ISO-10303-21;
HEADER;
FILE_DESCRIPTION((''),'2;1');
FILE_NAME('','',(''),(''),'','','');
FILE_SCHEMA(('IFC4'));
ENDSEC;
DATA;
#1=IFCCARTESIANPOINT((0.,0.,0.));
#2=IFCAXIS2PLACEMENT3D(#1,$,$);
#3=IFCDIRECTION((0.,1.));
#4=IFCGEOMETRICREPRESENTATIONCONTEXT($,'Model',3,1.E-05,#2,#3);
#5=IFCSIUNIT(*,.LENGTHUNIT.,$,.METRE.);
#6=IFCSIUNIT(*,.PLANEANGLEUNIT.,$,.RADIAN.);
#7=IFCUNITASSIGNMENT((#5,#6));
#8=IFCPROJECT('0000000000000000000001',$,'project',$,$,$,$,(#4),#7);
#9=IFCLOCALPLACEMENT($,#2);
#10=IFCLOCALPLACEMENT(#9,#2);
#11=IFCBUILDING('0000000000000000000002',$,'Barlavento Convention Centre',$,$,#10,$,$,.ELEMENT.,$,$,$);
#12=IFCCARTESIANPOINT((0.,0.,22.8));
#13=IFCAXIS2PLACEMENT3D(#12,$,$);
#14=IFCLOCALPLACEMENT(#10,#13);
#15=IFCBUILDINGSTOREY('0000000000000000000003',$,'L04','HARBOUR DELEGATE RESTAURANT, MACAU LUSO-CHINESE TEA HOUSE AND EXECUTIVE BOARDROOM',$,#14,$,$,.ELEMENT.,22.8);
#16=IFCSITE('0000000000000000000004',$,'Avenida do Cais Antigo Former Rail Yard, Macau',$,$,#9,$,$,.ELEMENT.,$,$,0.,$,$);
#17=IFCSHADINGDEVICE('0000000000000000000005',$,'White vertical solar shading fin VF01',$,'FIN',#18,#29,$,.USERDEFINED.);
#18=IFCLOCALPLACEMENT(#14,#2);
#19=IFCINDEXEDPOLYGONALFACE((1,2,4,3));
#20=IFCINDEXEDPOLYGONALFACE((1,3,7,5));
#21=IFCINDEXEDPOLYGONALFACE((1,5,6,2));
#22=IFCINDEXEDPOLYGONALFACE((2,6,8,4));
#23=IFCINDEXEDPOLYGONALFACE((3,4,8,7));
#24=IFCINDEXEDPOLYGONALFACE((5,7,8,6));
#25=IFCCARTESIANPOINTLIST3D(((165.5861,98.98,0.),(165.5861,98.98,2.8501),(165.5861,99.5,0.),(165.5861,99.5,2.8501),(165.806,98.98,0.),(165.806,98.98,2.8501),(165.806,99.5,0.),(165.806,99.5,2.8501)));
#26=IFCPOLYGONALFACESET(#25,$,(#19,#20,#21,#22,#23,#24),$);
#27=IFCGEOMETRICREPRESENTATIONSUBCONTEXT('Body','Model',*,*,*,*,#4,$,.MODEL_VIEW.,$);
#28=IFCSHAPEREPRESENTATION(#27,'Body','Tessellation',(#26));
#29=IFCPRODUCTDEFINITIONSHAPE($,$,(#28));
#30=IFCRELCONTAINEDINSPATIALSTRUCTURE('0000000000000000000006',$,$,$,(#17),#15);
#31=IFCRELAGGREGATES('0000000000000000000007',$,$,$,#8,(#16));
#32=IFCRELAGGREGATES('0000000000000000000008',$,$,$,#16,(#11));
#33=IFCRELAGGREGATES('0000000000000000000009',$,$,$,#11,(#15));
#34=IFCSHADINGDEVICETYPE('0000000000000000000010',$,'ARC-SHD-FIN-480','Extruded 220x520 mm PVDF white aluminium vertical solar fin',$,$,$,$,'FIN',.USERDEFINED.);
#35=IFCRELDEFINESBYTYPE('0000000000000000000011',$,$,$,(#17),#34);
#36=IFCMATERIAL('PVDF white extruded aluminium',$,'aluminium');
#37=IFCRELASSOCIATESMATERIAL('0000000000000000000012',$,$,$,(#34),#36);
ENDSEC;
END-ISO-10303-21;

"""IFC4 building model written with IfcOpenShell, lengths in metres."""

from ifc_helpers import new_model, si_unit, direction, frame, origin, origin_2d, place, context, subcontext, project, spatial, rectangle, extrude, material, type_object, element, save


model = new_model("IFC4")

# Units and contexts
model_context = context("Model", 3, precision=1e-05, world=origin(), true_north=direction((0.0, 1.0)))
body_context = subcontext(model_context, "Body", "Model", "MODEL_VIEW")
ifc_project = project(units=[si_unit("LENGTHUNIT", "METRE"), si_unit("PLANEANGLEUNIT", "RADIAN")], contexts=[model_context])

# Site, building, storey
site_placement = place(None, origin())
site = spatial("IfcSite", under=ifc_project, at=site_placement, Name="Avenida do Cais Antigo Former Rail Yard, Macau", CompositionType="ELEMENT", RefElevation=0.0)
building_placement = place(site_placement, origin())
building = spatial("IfcBuilding", under=site, at=building_placement, Name="Barlavento Convention Centre", CompositionType="ELEMENT")
storey_placement = place(building_placement, frame((0.0, 0.0, 22.8)))
storey = spatial("IfcBuildingStorey", under=building, at=storey_placement, Name="L04", Description="HARBOUR DELEGATE RESTAURANT, MACAU LUSO-CHINESE TEA HOUSE AND EXECUTIVE BOARDROOM", CompositionType="ELEMENT", Elevation=22.8)

# Shading device
ifc_material_1 = material(Name="PVDF white extruded aluminium", Category="aluminium")
shading_device_type = type_object("IfcShadingDeviceType", Name="ARC-SHD-FIN-480", Description="Extruded 220x520 mm PVDF white aluminium vertical solar fin", ElementType="FIN", PredefinedType="USERDEFINED", material=ifc_material_1)
for number, where, z_axis, x_axis, name in (
    (1, (165.696, 99.24, 0.0), (0.0, 0.0, 1.0), (1.0, 0.0, 0.0), "White vertical solar shading fin VF01"),
):
    element("IfcShadingDevice", number, at=place(storey_placement, frame(where, z_axis=z_axis, x_axis=x_axis)), inside=storey, type_object=shading_device_type, Name=name, ObjectType="FIN", PredefinedType="USERDEFINED", context=body_context, shape_type="SweptSolid", body=[
        extrude(rectangle(XDim=0.22, YDim=0.52, at=origin_2d()), origin(), (0.0, 0.0, 1.0), 2.8501),
    ])

save(model, "model.ifc")
